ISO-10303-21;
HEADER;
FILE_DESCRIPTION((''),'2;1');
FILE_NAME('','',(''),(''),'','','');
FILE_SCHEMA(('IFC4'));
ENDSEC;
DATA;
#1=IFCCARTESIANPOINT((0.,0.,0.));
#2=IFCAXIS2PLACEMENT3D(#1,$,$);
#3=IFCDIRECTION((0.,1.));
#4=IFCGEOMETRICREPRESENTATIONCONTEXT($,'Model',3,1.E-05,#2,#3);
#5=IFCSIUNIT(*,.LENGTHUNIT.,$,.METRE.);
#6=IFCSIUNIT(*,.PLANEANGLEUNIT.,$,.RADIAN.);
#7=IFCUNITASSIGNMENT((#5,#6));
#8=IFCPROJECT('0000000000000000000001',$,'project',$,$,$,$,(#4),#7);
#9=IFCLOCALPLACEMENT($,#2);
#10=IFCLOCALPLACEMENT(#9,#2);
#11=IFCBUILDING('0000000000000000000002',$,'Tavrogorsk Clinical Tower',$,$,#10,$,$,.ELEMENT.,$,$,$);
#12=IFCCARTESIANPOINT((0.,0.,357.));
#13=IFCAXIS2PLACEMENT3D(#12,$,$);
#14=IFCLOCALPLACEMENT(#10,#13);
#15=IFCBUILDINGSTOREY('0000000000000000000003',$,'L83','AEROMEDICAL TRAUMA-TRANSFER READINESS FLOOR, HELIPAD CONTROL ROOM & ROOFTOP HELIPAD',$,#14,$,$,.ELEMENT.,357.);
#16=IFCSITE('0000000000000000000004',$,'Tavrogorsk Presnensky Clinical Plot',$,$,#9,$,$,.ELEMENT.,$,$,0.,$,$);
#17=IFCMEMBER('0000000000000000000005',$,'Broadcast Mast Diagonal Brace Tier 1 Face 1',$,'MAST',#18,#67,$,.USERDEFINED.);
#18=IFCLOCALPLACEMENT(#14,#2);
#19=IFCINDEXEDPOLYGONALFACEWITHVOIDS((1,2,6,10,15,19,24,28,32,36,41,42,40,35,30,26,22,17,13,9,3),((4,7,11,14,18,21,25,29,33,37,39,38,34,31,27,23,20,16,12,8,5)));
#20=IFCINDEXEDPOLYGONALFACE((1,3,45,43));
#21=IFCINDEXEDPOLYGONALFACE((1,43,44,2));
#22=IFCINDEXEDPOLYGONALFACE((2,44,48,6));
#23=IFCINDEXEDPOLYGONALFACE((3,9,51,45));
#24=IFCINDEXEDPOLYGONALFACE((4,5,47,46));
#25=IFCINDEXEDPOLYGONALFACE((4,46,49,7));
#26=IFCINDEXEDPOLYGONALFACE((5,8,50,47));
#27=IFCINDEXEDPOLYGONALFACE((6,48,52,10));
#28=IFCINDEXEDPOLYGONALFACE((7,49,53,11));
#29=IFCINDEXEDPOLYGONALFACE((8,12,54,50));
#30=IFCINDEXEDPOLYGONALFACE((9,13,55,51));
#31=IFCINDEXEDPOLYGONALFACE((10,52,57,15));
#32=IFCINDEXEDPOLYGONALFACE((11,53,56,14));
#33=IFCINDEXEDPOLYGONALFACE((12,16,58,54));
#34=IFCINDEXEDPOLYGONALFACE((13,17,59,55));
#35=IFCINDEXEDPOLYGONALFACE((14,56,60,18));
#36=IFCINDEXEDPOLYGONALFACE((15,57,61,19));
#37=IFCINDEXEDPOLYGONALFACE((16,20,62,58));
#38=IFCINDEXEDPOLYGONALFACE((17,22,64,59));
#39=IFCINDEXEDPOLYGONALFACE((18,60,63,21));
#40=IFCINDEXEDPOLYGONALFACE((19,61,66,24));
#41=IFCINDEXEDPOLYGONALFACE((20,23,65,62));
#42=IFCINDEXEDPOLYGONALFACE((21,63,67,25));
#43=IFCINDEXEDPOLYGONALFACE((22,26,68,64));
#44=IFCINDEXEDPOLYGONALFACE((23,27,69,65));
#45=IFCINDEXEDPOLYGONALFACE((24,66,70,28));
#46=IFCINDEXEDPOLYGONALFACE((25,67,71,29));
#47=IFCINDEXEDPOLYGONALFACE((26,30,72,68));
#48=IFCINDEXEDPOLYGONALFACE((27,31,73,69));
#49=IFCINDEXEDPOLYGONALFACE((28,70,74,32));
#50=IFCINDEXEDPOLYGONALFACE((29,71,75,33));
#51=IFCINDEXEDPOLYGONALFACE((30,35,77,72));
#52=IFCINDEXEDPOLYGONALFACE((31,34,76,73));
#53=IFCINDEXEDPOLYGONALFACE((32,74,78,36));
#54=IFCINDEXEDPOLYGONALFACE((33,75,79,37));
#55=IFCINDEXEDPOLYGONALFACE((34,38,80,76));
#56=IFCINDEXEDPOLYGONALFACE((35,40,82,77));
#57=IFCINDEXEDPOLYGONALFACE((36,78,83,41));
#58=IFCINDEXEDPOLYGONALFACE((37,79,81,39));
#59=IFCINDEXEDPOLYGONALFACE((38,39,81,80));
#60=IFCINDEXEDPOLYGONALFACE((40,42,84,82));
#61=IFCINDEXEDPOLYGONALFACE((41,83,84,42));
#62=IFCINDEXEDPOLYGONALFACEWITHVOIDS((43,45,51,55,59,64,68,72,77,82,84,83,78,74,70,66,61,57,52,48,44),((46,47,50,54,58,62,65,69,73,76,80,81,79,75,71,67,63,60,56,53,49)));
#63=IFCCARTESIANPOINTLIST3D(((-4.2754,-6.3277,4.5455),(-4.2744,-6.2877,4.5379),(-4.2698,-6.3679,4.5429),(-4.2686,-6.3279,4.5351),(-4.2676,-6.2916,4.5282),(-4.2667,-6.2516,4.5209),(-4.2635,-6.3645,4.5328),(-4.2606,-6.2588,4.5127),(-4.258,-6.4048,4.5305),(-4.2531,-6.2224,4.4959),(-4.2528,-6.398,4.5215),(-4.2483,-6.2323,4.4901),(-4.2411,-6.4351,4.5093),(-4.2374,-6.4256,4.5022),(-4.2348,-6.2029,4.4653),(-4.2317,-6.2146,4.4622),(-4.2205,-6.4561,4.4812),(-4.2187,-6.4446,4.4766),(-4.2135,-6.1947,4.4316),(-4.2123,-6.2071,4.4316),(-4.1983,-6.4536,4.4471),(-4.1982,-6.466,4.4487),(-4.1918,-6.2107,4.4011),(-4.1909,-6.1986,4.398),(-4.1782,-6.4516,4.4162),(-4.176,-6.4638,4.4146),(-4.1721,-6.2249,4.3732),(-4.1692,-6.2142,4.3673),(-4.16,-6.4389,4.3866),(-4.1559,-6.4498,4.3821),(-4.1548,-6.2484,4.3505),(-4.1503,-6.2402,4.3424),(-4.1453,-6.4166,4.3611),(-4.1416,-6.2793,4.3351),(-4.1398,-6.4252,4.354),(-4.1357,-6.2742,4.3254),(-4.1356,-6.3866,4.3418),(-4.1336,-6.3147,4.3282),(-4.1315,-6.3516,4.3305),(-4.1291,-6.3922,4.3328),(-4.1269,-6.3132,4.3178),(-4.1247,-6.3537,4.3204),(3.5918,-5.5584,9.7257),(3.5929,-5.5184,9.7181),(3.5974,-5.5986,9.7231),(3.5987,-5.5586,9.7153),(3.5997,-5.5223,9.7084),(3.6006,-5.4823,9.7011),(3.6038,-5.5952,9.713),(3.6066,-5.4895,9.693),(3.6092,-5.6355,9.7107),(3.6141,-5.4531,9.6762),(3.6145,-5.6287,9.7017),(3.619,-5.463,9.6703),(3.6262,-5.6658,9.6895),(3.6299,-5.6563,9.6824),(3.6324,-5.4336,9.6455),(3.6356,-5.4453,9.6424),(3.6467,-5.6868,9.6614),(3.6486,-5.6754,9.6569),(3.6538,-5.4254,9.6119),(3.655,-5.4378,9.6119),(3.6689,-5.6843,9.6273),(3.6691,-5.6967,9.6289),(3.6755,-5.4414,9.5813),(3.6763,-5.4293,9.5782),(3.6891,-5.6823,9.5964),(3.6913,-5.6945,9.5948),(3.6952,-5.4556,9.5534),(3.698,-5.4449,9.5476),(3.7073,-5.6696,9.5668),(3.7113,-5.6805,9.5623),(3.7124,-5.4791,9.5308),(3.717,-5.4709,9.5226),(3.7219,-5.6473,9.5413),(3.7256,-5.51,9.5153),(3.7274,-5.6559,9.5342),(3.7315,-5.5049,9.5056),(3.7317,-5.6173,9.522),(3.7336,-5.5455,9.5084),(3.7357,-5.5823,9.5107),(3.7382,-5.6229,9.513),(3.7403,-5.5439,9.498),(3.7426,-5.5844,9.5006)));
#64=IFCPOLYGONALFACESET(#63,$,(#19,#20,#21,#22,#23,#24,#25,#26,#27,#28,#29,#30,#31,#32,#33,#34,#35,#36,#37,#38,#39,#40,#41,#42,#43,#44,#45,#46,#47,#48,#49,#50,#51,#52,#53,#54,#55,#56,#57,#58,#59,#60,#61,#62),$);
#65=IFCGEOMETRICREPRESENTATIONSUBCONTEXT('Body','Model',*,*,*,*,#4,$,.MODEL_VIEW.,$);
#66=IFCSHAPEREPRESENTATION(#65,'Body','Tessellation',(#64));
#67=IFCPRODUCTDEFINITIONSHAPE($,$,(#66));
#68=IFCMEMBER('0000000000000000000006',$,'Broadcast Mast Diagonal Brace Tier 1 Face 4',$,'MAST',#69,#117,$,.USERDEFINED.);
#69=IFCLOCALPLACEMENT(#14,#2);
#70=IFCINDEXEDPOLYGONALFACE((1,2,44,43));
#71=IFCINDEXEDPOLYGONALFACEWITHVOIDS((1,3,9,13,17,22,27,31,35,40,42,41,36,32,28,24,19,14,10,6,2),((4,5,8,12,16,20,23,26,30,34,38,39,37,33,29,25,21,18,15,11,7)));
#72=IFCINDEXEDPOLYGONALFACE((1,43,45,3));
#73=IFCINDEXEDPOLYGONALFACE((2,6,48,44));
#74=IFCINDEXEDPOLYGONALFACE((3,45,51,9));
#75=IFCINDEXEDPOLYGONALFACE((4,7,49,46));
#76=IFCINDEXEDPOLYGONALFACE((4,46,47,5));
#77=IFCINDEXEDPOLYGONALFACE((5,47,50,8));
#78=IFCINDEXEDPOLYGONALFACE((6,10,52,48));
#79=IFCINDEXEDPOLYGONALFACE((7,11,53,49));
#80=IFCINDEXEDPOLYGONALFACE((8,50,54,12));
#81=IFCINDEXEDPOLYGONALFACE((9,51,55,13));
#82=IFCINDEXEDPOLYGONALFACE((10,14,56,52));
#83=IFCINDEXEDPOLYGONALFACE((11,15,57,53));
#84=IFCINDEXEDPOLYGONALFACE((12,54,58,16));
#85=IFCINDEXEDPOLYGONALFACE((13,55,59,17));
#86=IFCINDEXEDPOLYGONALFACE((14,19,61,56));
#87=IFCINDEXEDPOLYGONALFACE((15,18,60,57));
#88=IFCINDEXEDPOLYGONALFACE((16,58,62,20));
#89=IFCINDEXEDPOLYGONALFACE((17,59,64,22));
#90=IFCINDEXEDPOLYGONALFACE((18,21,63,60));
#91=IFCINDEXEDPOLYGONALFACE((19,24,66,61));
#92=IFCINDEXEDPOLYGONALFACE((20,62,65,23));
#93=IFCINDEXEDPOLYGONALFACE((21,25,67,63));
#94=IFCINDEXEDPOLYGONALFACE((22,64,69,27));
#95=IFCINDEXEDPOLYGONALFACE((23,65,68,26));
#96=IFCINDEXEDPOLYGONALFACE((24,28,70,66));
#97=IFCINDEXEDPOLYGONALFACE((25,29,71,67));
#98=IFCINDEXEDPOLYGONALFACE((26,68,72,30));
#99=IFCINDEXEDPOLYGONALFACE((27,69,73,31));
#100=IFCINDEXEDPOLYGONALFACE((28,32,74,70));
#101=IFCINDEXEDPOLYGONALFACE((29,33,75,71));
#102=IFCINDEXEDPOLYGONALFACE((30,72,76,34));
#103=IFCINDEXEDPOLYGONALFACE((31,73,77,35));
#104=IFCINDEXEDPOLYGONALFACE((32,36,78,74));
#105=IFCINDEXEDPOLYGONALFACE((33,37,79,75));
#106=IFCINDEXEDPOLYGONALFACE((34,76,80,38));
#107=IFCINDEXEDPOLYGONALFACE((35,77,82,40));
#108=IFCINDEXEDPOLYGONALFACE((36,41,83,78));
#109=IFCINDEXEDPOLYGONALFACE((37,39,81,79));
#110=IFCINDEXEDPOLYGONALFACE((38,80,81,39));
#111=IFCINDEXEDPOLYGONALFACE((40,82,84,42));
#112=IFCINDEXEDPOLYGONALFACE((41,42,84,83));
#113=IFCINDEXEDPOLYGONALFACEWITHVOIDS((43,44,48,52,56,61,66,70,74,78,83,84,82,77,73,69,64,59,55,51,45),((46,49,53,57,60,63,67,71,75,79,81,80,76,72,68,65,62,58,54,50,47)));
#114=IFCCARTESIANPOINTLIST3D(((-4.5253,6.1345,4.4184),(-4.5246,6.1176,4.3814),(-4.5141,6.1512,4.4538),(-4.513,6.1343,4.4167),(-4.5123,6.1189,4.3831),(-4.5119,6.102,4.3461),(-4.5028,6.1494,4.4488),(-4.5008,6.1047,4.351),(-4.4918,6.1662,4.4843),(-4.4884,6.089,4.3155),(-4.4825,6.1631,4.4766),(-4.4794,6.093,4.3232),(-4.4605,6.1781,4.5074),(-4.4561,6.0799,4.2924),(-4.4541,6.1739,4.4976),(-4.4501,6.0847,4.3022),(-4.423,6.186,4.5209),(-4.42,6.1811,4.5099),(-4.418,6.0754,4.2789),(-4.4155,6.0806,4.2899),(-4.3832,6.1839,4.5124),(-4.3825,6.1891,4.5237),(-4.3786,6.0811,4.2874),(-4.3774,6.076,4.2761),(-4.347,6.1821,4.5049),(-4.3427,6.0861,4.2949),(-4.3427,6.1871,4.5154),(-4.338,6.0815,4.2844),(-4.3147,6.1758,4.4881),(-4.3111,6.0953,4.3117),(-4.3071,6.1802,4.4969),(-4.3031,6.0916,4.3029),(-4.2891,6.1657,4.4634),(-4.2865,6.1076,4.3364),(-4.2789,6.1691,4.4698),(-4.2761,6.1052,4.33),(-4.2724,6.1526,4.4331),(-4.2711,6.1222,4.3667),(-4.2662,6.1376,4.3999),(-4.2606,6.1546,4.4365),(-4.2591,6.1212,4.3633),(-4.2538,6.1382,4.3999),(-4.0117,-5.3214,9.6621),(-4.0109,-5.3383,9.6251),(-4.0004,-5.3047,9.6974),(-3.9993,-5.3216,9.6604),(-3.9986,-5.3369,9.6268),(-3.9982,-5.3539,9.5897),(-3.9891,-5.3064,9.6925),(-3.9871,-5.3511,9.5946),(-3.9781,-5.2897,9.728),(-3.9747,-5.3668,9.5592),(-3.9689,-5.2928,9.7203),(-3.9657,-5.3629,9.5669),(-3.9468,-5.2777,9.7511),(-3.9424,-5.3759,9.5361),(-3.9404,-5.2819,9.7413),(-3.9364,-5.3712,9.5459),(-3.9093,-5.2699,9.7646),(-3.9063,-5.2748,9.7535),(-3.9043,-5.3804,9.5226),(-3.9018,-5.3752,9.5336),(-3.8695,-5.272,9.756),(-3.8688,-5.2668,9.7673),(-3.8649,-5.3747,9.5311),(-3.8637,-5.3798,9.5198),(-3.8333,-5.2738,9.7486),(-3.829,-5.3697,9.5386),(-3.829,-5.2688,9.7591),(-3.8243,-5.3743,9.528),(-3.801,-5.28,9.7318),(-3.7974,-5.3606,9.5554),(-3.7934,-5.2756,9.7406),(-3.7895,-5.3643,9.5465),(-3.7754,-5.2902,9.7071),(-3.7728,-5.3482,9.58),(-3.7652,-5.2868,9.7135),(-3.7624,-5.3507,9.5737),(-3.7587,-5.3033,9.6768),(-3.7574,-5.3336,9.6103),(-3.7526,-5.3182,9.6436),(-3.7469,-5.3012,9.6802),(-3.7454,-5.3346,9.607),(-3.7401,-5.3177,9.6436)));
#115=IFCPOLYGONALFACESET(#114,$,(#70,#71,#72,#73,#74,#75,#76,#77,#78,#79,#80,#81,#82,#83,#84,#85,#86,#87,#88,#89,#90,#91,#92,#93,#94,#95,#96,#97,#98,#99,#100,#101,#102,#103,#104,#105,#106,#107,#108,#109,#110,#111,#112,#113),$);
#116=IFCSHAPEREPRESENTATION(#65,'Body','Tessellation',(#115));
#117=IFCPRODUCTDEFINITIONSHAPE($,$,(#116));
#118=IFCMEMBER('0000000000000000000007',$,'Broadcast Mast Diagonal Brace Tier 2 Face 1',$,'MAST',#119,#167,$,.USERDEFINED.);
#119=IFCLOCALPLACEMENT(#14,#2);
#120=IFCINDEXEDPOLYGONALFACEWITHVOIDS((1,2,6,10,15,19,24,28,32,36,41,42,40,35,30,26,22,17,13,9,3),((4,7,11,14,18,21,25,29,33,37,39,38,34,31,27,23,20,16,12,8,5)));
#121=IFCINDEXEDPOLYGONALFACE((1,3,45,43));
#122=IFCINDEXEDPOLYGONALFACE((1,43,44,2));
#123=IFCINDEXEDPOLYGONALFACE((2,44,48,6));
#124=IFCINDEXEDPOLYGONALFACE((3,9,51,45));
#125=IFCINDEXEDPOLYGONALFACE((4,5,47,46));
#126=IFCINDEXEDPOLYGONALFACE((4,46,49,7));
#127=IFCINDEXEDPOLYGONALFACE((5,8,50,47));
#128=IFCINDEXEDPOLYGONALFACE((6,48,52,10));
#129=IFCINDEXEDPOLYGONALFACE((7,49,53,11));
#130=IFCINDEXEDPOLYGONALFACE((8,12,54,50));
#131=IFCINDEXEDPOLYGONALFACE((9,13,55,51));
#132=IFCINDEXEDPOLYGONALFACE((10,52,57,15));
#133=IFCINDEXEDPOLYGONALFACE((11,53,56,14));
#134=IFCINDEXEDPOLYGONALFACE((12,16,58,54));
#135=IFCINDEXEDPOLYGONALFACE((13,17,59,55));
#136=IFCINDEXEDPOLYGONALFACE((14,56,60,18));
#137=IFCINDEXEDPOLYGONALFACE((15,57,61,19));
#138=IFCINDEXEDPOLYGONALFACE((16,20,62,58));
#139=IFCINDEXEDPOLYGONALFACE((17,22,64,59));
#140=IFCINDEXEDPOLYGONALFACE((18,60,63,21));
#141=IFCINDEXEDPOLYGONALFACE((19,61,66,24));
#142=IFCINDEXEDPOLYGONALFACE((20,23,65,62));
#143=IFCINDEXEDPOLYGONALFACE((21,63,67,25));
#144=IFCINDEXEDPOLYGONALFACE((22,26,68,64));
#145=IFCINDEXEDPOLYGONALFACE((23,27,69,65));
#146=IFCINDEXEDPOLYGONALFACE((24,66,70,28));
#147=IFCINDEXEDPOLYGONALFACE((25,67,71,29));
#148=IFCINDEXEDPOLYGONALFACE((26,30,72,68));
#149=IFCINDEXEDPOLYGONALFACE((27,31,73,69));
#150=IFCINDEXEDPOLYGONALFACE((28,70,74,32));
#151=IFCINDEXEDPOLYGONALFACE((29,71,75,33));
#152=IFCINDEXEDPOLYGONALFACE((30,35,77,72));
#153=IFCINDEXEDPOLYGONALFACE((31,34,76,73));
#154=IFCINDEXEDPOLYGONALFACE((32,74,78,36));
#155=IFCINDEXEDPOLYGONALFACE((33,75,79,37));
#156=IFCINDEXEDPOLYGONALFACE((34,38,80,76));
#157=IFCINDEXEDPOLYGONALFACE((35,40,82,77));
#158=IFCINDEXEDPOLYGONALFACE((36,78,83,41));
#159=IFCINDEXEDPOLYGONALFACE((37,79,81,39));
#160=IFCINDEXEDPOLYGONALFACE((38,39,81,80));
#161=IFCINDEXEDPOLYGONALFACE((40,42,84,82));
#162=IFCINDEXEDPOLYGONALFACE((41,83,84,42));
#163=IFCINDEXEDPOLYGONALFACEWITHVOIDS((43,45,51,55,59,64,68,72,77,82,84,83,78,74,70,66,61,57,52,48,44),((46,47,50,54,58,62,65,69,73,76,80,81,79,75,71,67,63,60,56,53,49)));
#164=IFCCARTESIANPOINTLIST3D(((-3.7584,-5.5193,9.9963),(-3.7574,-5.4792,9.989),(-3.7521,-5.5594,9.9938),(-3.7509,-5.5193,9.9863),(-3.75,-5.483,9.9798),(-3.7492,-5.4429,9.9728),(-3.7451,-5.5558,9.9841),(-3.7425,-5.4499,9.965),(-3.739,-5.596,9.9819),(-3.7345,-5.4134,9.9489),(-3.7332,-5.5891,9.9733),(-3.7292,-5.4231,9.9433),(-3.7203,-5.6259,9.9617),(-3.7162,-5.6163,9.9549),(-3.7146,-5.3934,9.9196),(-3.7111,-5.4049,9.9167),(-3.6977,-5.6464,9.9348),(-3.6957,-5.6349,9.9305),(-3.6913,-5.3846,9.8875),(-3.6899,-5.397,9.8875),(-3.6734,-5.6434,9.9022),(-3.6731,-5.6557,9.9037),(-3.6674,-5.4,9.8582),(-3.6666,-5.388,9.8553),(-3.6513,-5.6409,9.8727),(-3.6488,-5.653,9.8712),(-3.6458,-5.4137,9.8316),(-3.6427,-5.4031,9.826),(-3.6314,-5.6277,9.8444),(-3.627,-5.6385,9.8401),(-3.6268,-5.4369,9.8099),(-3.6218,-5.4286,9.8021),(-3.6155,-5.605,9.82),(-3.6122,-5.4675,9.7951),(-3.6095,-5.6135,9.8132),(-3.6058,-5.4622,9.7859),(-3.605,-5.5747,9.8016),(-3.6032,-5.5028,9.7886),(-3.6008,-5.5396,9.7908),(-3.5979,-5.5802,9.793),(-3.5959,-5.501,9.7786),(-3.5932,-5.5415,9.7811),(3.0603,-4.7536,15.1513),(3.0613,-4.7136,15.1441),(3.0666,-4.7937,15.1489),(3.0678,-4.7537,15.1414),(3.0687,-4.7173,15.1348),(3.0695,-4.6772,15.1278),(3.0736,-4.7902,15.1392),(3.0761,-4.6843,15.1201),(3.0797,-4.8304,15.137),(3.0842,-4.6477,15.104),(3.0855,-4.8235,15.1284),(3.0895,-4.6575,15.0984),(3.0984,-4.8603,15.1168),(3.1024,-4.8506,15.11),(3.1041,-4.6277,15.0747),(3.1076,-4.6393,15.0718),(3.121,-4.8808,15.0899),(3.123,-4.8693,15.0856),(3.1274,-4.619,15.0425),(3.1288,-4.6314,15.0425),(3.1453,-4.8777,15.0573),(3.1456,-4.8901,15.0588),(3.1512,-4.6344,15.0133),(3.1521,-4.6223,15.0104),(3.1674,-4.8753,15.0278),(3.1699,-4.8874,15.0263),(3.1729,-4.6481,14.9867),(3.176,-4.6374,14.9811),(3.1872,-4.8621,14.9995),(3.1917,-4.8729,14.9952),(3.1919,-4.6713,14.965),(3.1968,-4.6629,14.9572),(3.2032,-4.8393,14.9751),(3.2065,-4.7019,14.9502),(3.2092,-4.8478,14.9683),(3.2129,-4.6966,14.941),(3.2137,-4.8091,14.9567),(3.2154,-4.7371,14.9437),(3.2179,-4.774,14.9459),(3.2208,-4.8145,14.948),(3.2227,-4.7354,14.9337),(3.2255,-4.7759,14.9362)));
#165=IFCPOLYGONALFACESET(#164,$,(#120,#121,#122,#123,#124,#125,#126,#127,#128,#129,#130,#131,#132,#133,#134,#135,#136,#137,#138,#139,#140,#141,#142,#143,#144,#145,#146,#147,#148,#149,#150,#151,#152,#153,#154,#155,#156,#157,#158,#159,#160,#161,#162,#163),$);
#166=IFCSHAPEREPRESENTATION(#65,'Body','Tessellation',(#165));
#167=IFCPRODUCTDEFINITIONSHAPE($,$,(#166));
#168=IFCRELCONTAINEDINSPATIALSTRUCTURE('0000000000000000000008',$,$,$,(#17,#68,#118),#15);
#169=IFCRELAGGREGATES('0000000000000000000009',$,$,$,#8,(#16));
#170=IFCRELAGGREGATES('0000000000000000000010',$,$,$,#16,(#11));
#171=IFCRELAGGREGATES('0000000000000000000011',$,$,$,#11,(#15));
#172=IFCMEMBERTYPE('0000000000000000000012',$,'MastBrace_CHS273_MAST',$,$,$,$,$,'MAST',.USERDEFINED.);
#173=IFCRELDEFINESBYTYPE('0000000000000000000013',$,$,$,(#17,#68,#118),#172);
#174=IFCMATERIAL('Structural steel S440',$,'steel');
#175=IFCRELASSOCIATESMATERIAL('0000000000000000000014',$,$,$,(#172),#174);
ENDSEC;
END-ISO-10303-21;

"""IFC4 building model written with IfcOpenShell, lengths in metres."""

from ifc_helpers import new_model, si_unit, direction, frame, origin, origin_2d, place, context, subcontext, project, spatial, hollow_circle, extrude, material, material_profile, profile_set, type_object, element, save


model = new_model("IFC4")

# Units and contexts
model_context = context("Model", 3, precision=1e-05, world=origin(), true_north=direction((0.0, 1.0)))
body_context = subcontext(model_context, "Body", "Model", "MODEL_VIEW")
ifc_project = project(units=[si_unit("LENGTHUNIT", "METRE"), si_unit("PLANEANGLEUNIT", "RADIAN")], contexts=[model_context])

# Site, building, storey
site_placement = place(None, origin())
site = spatial("IfcSite", under=ifc_project, at=site_placement, Name="Tavrogorsk Presnensky Clinical Plot", CompositionType="ELEMENT", RefElevation=0.0)
building_placement = place(site_placement, origin())
building = spatial("IfcBuilding", under=site, at=building_placement, Name="Tavrogorsk Clinical Tower", CompositionType="ELEMENT")
storey_placement = place(building_placement, frame((0.0, 0.0, 357.0)))
storey = spatial("IfcBuildingStorey", under=building, at=storey_placement, Name="L83", Description="AEROMEDICAL TRAUMA-TRANSFER READINESS FLOOR, HELIPAD CONTROL ROOM & ROOFTOP HELIPAD", CompositionType="ELEMENT", Elevation=357.0)

# Members
ifc_material_1 = material(Name="Structural steel S440", Category="steel")
ifc_material_profile_1 = material_profile(ifc_material_1, hollow_circle(Radius=0.1365, WallThickness=0.0125, at=origin_2d()), Name="CHS-273x12.5")
ifc_profile_set_1 = profile_set([ifc_material_profile_1], Name="Structural steel S440")
member_type_1 = type_object("IfcMemberType", Name="MastBrace_CHS273_MAST", ElementType="MAST", PredefinedType="USERDEFINED", material=ifc_profile_set_1)
member_1_placement = place(storey_placement, frame((-4.2002, -6.3306, 4.4316), z_axis=(0.832431, 0.081399, 0.548117), x_axis=(-0.09732, 0.995253, 0.0)))
element("IfcMember", 1, at=member_1_placement, inside=storey, type_object=member_type_1, Name="Broadcast Mast Diagonal Brace Tier 1 Face 1", ObjectType="MAST", PredefinedType="USERDEFINED", context=body_context, shape_type="SweptSolid", body=[
    extrude(hollow_circle(Radius=0.1365, WallThickness=0.0125, at=origin_2d()), origin(), (0.0, 0.0, 1.0), 9.4509),
])
member_2_placement = place(storey_placement, frame((-4.3901, 6.1321, 4.3999), z_axis=(0.040737, -0.908518, 0.415855), x_axis=(0.998996, 0.044794, 0.0)))
element("IfcMember", 2, at=member_2_placement, inside=storey, type_object=member_type_1, Name="Broadcast Mast Diagonal Brace Tier 1 Face 4", ObjectType="MAST", PredefinedType="USERDEFINED", context=body_context, shape_type="SweptSolid", body=[
    extrude(hollow_circle(Radius=0.1365, WallThickness=0.0125, at=origin_2d()), origin(), (0.0, 0.0, 1.0), 12.6094),
])
member_3_placement = place(storey_placement, frame((-3.676, -5.5203, 9.8875), z_axis=(0.794507, 0.089211, 0.600666), x_axis=(-0.111584, 0.993755, 0.0)))
element("IfcMember", 3, at=member_3_placement, inside=storey, type_object=member_type_1, Name="Broadcast Mast Diagonal Brace Tier 2 Face 1", ObjectType="MAST", PredefinedType="USERDEFINED", context=body_context, shape_type="SweptSolid", body=[
    extrude(hollow_circle(Radius=0.1365, WallThickness=0.0125, at=origin_2d()), origin(), (0.0, 0.0, 1.0), 8.5823),
])

save(model, "model.ifc")
